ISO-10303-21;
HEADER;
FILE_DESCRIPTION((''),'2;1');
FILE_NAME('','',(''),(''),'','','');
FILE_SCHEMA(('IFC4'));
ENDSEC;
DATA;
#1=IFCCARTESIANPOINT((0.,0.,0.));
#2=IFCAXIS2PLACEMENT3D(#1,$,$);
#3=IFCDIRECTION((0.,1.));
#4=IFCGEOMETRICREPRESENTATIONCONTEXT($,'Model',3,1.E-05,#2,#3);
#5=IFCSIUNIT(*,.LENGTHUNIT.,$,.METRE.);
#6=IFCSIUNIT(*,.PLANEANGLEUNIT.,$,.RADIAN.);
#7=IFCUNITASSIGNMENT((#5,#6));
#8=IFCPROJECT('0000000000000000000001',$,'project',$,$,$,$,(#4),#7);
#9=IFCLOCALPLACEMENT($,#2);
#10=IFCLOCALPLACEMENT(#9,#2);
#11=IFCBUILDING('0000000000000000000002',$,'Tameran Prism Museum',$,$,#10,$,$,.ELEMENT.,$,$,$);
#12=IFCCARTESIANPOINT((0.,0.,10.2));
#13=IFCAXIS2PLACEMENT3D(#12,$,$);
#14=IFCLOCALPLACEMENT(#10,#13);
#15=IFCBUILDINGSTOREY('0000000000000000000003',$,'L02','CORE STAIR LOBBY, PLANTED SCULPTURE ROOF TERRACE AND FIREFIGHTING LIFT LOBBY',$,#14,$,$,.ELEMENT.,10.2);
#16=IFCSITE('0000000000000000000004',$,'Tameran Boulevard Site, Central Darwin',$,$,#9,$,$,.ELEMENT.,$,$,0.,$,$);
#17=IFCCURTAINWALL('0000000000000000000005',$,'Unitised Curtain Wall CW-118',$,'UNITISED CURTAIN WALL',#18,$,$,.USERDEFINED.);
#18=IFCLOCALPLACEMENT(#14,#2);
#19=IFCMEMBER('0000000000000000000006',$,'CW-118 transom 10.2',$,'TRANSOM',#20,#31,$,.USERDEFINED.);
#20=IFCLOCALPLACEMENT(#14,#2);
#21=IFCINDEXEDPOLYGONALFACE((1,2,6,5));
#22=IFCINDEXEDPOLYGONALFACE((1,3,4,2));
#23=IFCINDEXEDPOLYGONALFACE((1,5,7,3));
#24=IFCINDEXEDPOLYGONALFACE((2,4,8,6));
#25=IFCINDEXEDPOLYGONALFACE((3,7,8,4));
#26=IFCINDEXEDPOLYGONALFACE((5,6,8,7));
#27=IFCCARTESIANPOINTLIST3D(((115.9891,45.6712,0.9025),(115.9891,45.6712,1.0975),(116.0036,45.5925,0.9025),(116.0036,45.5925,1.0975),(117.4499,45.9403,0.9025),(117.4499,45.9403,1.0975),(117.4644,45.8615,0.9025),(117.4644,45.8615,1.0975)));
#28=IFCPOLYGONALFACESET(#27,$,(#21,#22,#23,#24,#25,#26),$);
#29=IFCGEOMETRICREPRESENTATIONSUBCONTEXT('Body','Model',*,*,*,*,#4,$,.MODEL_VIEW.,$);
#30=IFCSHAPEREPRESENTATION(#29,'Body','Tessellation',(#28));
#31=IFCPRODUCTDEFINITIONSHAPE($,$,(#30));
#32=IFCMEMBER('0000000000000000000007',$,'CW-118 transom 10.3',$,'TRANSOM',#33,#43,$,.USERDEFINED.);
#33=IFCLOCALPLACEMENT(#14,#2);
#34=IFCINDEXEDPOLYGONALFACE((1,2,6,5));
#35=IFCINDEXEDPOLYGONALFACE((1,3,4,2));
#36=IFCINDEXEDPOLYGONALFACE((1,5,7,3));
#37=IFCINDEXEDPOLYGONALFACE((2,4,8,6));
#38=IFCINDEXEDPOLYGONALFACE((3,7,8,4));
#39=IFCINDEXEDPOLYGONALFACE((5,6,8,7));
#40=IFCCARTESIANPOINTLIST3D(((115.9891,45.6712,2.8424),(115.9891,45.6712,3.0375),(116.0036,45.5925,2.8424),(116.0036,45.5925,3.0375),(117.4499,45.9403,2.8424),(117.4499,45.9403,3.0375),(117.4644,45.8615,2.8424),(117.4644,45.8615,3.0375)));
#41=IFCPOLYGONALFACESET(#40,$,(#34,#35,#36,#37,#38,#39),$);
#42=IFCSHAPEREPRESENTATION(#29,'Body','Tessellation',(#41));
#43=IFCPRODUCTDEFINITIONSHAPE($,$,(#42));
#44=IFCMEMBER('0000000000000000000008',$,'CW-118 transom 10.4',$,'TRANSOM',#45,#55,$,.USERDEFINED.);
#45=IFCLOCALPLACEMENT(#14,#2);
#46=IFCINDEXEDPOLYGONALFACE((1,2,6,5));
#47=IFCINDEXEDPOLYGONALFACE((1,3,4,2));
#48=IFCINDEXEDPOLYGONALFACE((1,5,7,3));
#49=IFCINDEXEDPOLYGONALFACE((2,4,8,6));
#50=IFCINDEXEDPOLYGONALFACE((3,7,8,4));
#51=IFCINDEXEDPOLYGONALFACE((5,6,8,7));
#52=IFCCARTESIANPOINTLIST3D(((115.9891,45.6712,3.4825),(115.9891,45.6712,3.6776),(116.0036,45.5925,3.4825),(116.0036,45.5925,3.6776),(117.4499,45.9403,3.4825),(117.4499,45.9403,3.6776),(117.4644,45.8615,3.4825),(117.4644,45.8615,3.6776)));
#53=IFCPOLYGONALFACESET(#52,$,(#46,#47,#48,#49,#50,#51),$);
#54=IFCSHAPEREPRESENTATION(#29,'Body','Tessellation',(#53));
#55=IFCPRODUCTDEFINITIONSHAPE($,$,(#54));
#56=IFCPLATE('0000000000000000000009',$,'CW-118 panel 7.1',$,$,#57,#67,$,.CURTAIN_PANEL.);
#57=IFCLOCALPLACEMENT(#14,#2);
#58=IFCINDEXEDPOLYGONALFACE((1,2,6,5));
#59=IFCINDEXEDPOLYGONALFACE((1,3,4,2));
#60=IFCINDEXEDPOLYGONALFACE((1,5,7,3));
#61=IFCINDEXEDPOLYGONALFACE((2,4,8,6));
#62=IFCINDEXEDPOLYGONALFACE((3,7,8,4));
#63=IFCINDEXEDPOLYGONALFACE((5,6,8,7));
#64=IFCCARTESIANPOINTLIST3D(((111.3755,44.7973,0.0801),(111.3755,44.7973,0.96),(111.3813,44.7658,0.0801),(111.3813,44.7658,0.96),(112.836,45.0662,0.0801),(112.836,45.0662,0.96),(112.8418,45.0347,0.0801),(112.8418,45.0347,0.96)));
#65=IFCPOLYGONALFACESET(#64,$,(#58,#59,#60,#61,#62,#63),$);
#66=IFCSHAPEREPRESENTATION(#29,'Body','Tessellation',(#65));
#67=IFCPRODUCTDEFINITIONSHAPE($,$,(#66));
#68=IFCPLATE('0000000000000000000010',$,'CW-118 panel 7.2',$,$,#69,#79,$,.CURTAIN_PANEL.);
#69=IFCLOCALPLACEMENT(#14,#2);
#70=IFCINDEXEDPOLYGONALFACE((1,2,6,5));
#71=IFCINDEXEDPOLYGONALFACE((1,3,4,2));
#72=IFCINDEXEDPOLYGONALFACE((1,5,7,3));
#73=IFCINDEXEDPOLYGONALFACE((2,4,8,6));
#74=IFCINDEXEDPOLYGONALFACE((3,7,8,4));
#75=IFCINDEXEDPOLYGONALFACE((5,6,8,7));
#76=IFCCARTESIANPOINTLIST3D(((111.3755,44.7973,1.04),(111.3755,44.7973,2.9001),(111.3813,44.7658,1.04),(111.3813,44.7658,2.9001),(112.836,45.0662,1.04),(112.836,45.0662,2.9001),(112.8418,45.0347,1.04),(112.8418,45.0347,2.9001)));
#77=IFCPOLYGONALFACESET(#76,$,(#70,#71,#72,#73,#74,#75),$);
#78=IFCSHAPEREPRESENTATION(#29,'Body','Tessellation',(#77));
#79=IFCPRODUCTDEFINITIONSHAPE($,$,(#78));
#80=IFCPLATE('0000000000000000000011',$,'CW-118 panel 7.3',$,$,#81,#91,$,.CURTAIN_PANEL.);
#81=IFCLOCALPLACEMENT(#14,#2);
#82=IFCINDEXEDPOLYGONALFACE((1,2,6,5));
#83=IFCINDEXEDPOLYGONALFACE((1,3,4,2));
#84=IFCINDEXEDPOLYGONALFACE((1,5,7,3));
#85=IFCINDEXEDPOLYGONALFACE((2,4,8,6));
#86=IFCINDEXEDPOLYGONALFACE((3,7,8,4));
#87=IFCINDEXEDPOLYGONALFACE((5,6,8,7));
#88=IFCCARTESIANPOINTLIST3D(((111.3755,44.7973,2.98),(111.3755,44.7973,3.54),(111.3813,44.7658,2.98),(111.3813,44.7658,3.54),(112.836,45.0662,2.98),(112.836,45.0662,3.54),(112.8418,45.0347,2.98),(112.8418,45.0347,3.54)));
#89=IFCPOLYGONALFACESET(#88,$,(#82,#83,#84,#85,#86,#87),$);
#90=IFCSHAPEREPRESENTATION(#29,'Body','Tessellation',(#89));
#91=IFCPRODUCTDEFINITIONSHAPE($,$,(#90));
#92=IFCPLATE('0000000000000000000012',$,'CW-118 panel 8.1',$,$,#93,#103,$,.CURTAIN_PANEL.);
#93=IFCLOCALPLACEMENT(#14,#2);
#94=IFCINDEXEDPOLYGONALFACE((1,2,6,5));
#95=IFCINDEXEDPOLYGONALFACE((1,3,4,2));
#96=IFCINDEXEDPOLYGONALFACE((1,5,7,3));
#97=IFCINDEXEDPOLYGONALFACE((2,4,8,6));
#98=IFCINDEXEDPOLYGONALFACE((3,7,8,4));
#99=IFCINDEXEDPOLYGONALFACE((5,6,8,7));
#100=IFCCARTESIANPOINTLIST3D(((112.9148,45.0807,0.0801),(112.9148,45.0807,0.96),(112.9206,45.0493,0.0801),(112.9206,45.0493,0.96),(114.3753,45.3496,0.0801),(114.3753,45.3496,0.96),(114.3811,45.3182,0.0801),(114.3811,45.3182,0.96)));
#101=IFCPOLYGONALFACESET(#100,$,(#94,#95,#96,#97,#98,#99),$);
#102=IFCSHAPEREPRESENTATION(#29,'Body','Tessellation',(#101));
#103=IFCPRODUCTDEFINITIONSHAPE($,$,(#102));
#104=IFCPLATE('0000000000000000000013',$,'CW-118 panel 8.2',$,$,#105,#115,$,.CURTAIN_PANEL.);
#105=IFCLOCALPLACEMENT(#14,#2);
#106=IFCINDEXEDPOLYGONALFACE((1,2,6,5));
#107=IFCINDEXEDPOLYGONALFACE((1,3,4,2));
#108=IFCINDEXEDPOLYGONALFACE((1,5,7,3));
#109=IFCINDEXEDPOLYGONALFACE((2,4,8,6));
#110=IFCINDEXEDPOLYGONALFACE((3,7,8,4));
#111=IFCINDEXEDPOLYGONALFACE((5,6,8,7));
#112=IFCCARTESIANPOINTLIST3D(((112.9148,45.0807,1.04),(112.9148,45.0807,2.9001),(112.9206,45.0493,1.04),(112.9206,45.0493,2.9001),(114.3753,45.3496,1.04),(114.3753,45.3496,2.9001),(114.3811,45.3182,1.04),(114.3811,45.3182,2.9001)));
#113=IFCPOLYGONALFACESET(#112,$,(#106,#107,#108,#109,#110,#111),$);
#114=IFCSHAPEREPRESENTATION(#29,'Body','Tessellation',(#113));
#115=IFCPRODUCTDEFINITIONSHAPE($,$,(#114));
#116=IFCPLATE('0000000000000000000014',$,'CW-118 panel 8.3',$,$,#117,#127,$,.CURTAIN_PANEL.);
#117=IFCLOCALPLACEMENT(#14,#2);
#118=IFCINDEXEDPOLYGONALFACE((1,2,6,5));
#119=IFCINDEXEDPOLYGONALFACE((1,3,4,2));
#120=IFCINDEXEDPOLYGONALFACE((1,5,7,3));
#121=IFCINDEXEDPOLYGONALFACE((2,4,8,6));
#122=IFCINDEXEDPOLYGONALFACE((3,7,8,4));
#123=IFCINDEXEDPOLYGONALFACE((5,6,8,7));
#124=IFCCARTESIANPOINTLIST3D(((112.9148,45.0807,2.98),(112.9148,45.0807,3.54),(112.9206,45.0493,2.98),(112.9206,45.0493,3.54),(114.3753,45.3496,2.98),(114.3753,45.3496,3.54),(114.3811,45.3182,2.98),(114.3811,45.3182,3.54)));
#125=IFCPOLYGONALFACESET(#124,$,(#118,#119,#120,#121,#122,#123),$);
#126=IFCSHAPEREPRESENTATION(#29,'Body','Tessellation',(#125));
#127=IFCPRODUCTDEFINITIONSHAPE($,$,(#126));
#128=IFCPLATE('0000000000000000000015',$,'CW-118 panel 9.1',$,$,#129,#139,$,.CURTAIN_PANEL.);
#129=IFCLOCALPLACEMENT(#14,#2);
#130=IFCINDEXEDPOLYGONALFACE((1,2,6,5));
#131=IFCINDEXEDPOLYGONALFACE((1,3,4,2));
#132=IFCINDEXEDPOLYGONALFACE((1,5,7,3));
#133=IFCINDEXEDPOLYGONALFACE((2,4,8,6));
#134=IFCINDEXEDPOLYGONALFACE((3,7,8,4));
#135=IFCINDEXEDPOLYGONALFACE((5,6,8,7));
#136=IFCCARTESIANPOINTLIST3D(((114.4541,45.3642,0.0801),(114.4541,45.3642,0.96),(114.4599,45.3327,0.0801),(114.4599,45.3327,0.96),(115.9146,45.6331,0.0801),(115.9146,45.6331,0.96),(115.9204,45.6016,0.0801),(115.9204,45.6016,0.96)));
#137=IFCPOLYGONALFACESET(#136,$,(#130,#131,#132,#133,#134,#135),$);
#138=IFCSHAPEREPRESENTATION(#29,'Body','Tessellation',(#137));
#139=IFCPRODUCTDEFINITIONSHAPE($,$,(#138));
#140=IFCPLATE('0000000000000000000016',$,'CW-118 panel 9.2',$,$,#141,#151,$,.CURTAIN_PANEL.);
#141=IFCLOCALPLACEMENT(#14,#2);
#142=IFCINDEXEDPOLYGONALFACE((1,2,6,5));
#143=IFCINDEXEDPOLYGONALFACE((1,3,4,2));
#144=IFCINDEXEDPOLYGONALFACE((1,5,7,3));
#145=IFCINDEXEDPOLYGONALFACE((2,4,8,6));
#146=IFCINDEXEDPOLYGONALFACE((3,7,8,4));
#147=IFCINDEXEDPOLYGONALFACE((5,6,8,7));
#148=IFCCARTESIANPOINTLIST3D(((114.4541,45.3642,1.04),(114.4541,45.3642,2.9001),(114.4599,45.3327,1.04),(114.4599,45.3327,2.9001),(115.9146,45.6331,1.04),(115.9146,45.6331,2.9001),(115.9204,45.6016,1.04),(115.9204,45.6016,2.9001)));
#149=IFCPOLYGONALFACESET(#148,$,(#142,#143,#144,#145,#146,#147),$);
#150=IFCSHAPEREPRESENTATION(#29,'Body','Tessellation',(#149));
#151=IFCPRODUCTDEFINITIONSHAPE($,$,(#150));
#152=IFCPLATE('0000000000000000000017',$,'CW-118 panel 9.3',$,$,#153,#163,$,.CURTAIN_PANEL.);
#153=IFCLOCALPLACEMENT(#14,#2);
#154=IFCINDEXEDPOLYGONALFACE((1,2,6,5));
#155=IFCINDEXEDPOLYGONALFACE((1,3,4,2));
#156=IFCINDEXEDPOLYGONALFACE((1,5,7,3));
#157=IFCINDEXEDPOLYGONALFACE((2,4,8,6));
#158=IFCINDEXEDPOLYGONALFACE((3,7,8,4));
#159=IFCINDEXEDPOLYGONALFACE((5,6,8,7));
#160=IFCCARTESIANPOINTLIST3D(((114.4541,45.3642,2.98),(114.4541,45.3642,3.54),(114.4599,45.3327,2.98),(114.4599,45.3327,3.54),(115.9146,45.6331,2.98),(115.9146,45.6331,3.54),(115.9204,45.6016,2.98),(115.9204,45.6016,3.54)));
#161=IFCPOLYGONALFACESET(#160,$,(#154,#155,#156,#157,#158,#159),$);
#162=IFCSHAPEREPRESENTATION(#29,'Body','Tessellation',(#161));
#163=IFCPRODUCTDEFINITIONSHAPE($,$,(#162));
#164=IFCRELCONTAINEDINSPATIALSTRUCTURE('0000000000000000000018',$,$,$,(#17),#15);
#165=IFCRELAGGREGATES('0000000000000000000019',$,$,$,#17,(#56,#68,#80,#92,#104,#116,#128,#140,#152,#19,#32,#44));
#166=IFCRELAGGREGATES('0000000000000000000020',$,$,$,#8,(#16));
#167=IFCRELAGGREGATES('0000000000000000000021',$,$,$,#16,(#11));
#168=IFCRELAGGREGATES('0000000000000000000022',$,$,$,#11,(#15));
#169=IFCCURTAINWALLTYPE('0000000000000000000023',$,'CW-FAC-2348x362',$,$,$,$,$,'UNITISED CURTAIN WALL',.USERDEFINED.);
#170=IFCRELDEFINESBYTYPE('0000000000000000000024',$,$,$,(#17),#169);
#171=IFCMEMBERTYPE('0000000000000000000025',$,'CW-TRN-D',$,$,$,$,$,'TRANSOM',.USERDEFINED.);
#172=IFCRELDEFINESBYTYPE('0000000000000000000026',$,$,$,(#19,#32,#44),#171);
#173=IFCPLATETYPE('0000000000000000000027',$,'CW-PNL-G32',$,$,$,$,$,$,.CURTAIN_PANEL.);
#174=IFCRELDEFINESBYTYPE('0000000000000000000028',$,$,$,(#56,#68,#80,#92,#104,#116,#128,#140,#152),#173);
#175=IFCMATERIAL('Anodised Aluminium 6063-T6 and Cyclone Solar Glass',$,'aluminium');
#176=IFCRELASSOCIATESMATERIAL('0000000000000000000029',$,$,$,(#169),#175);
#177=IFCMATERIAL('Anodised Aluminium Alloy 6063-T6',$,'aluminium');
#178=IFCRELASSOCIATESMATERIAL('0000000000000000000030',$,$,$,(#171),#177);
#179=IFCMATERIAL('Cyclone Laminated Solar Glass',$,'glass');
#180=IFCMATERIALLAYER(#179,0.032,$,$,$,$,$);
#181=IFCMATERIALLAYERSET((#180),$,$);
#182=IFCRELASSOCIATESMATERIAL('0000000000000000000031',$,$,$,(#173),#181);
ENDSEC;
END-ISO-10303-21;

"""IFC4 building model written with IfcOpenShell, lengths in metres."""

from ifc_helpers import new_model, si_unit, direction, frame, origin, origin_2d, place, context, subcontext, project, spatial, rectangle, extrude, material, layer, layer_set, material_profile, profile_set, type_object, element, aggregate, save


model = new_model("IFC4")

# Units and contexts
model_context = context("Model", 3, precision=1e-05, world=origin(), true_north=direction((0.0, 1.0)))
body_context = subcontext(model_context, "Body", "Model", "MODEL_VIEW")
ifc_project = project(units=[si_unit("LENGTHUNIT", "METRE"), si_unit("PLANEANGLEUNIT", "RADIAN")], contexts=[model_context])

# Site, building, storey
site_placement = place(None, origin())
site = spatial("IfcSite", under=ifc_project, at=site_placement, Name="Tameran Boulevard Site, Central Darwin", CompositionType="ELEMENT", RefElevation=0.0)
building_placement = place(site_placement, origin())
building = spatial("IfcBuilding", under=site, at=building_placement, Name="Tameran Prism Museum", CompositionType="ELEMENT")
storey_placement = place(building_placement, frame((0.0, 0.0, 10.2)))
storey = spatial("IfcBuildingStorey", under=building, at=storey_placement, Name="L02", Description="CORE STAIR LOBBY, PLANTED SCULPTURE ROOF TERRACE AND FIREFIGHTING LIFT LOBBY", CompositionType="ELEMENT", Elevation=10.2)

# Curtain wall, members, plates
ifc_material_1 = material(Name="Anodised Aluminium 6063-T6 and Cyclone Solar Glass", Category="aluminium")
curtain_wall_type = type_object("IfcCurtainWallType", Name="CW-FAC-2348x362", ElementType="UNITISED CURTAIN WALL", PredefinedType="USERDEFINED", material=ifc_material_1)
curtain_wall_placement = place(storey_placement, origin())
curtain_wall = element("IfcCurtainWall", 1, at=curtain_wall_placement, inside=storey, type_object=curtain_wall_type, Name="Unitised Curtain Wall CW-118", ObjectType="UNITISED CURTAIN WALL", PredefinedType="USERDEFINED")
ifc_material_2 = material(Name="Anodised Aluminium Alloy 6063-T6", Category="aluminium")
ifc_material_profile_1 = material_profile(ifc_material_2, rectangle(XDim=0.0801, YDim=0.1951, at=origin_2d()))
ifc_profile_set_1 = profile_set([ifc_material_profile_1])
member_type_1 = type_object("IfcMemberType", Name="CW-TRN-D", ElementType="TRANSOM", PredefinedType="USERDEFINED", material=ifc_profile_set_1)
member_1_placement = place(storey_placement, frame((115.9963, 45.6318, 1.0), z_axis=(0.983457, 0.181142, 0.0), x_axis=(-0.181142, 0.983457, 0.0)))
member_1 = element("IfcMember", 2, at=member_1_placement, type_object=member_type_1, Name="CW-118 transom 10.2", ObjectType="TRANSOM", PredefinedType="USERDEFINED", context=body_context, shape_type="SweptSolid", body=[
    extrude(rectangle(XDim=0.0801, YDim=0.1951, at=origin_2d()), origin(), (0.0, 0.0, 1.0), 1.4854),
])
member_2_placement = place(storey_placement, frame((115.9963, 45.6318, 2.9399), z_axis=(0.983457, 0.181142, 0.0), x_axis=(-0.181142, 0.983457, 0.0)))
member_2 = element("IfcMember", 3, at=member_2_placement, type_object=member_type_1, Name="CW-118 transom 10.3", ObjectType="TRANSOM", PredefinedType="USERDEFINED", context=body_context, shape_type="SweptSolid", body=[
    extrude(rectangle(XDim=0.0801, YDim=0.1951, at=origin_2d()), origin(), (0.0, 0.0, 1.0), 1.4854),
])
member_3_placement = place(storey_placement, frame((115.9963, 45.6318, 3.5801), z_axis=(0.983457, 0.181142, 0.0), x_axis=(-0.181142, 0.983457, 0.0)))
member_3 = element("IfcMember", 4, at=member_3_placement, type_object=member_type_1, Name="CW-118 transom 10.4", ObjectType="TRANSOM", PredefinedType="USERDEFINED", context=body_context, shape_type="SweptSolid", body=[
    extrude(rectangle(XDim=0.0801, YDim=0.1951, at=origin_2d()), origin(), (0.0, 0.0, 1.0), 1.4854),
])
ifc_material_3 = material(Name="Cyclone Laminated Solar Glass", Category="glass")
ifc_layer = layer(ifc_material_3, 0.032)
ifc_layer_set = layer_set([ifc_layer])
plate_type = type_object("IfcPlateType", Name="CW-PNL-G32", PredefinedType="CURTAIN_PANEL", material=ifc_layer_set)
plate_1_placement = place(storey_placement, frame((112.1086, 44.916, 0.0801), z_axis=(0.0, 0.0, 1.0), x_axis=(0.983472, 0.181063, 0.0)))
plate_1 = element("IfcPlate", 5, at=plate_1_placement, type_object=plate_type, Name="CW-118 panel 7.1", PredefinedType="CURTAIN_PANEL", context=body_context, shape_type="SweptSolid", body=[
    extrude(rectangle(XDim=1.4851, YDim=0.032, at=origin_2d()), origin(), (0.0, 0.0, 1.0), 0.8799),
])
plate_2_placement = place(storey_placement, frame((112.1086, 44.916, 1.04), z_axis=(0.0, 0.0, 1.0), x_axis=(0.983472, 0.181063, 0.0)))
plate_2 = element("IfcPlate", 6, at=plate_2_placement, type_object=plate_type, Name="CW-118 panel 7.2", PredefinedType="CURTAIN_PANEL", context=body_context, shape_type="SweptSolid", body=[
    extrude(rectangle(XDim=1.4851, YDim=0.032, at=origin_2d()), origin(), (0.0, 0.0, 1.0), 1.8601),
])
plate_3_placement = place(storey_placement, frame((112.1086, 44.916, 2.98), z_axis=(0.0, 0.0, 1.0), x_axis=(0.983472, 0.181063, 0.0)))
plate_3 = element("IfcPlate", 7, at=plate_3_placement, type_object=plate_type, Name="CW-118 panel 7.3", PredefinedType="CURTAIN_PANEL", context=body_context, shape_type="SweptSolid", body=[
    extrude(rectangle(XDim=1.4851, YDim=0.032, at=origin_2d()), origin(), (0.0, 0.0, 1.0), 0.5601),
])
plate_4_placement = place(storey_placement, frame((113.6479, 45.1995, 0.0801), z_axis=(0.0, 0.0, 1.0), x_axis=(0.983472, 0.181063, 0.0)))
plate_4 = element("IfcPlate", 8, at=plate_4_placement, type_object=plate_type, Name="CW-118 panel 8.1", PredefinedType="CURTAIN_PANEL", context=body_context, shape_type="SweptSolid", body=[
    extrude(rectangle(XDim=1.4851, YDim=0.032, at=origin_2d()), origin(), (0.0, 0.0, 1.0), 0.8799),
])
plate_5_placement = place(storey_placement, frame((113.6479, 45.1995, 1.04), z_axis=(0.0, 0.0, 1.0), x_axis=(0.983472, 0.181063, 0.0)))
plate_5 = element("IfcPlate", 9, at=plate_5_placement, type_object=plate_type, Name="CW-118 panel 8.2", PredefinedType="CURTAIN_PANEL", context=body_context, shape_type="SweptSolid", body=[
    extrude(rectangle(XDim=1.4851, YDim=0.032, at=origin_2d()), origin(), (0.0, 0.0, 1.0), 1.8601),
])
plate_6_placement = place(storey_placement, frame((113.6479, 45.1995, 2.98), z_axis=(0.0, 0.0, 1.0), x_axis=(0.983472, 0.181063, 0.0)))
plate_6 = element("IfcPlate", 10, at=plate_6_placement, type_object=plate_type, Name="CW-118 panel 8.3", PredefinedType="CURTAIN_PANEL", context=body_context, shape_type="SweptSolid", body=[
    extrude(rectangle(XDim=1.4851, YDim=0.032, at=origin_2d()), origin(), (0.0, 0.0, 1.0), 0.5601),
])
plate_7_placement = place(storey_placement, frame((115.1873, 45.4829, 0.0801), z_axis=(0.0, 0.0, 1.0), x_axis=(0.983472, 0.181063, 0.0)))
plate_7 = element("IfcPlate", 11, at=plate_7_placement, type_object=plate_type, Name="CW-118 panel 9.1", PredefinedType="CURTAIN_PANEL", context=body_context, shape_type="SweptSolid", body=[
    extrude(rectangle(XDim=1.4851, YDim=0.032, at=origin_2d()), origin(), (0.0, 0.0, 1.0), 0.8799),
])
plate_8_placement = place(storey_placement, frame((115.1873, 45.4829, 1.04), z_axis=(0.0, 0.0, 1.0), x_axis=(0.983472, 0.181063, 0.0)))
plate_8 = element("IfcPlate", 12, at=plate_8_placement, type_object=plate_type, Name="CW-118 panel 9.2", PredefinedType="CURTAIN_PANEL", context=body_context, shape_type="SweptSolid", body=[
    extrude(rectangle(XDim=1.4851, YDim=0.032, at=origin_2d()), origin(), (0.0, 0.0, 1.0), 1.8601),
])
plate_9_placement = place(storey_placement, frame((115.1873, 45.4829, 2.98), z_axis=(0.0, 0.0, 1.0), x_axis=(0.983472, 0.181063, 0.0)))
plate_9 = element("IfcPlate", 13, at=plate_9_placement, type_object=plate_type, Name="CW-118 panel 9.3", PredefinedType="CURTAIN_PANEL", context=body_context, shape_type="SweptSolid", body=[
    extrude(rectangle(XDim=1.4851, YDim=0.032, at=origin_2d()), origin(), (0.0, 0.0, 1.0), 0.5601),
])
aggregate(curtain_wall, [plate_1, plate_2, plate_3, plate_4, plate_5, plate_6, plate_7, plate_8, plate_9, member_1, member_2, member_3])

save(model, "model.ifc")
